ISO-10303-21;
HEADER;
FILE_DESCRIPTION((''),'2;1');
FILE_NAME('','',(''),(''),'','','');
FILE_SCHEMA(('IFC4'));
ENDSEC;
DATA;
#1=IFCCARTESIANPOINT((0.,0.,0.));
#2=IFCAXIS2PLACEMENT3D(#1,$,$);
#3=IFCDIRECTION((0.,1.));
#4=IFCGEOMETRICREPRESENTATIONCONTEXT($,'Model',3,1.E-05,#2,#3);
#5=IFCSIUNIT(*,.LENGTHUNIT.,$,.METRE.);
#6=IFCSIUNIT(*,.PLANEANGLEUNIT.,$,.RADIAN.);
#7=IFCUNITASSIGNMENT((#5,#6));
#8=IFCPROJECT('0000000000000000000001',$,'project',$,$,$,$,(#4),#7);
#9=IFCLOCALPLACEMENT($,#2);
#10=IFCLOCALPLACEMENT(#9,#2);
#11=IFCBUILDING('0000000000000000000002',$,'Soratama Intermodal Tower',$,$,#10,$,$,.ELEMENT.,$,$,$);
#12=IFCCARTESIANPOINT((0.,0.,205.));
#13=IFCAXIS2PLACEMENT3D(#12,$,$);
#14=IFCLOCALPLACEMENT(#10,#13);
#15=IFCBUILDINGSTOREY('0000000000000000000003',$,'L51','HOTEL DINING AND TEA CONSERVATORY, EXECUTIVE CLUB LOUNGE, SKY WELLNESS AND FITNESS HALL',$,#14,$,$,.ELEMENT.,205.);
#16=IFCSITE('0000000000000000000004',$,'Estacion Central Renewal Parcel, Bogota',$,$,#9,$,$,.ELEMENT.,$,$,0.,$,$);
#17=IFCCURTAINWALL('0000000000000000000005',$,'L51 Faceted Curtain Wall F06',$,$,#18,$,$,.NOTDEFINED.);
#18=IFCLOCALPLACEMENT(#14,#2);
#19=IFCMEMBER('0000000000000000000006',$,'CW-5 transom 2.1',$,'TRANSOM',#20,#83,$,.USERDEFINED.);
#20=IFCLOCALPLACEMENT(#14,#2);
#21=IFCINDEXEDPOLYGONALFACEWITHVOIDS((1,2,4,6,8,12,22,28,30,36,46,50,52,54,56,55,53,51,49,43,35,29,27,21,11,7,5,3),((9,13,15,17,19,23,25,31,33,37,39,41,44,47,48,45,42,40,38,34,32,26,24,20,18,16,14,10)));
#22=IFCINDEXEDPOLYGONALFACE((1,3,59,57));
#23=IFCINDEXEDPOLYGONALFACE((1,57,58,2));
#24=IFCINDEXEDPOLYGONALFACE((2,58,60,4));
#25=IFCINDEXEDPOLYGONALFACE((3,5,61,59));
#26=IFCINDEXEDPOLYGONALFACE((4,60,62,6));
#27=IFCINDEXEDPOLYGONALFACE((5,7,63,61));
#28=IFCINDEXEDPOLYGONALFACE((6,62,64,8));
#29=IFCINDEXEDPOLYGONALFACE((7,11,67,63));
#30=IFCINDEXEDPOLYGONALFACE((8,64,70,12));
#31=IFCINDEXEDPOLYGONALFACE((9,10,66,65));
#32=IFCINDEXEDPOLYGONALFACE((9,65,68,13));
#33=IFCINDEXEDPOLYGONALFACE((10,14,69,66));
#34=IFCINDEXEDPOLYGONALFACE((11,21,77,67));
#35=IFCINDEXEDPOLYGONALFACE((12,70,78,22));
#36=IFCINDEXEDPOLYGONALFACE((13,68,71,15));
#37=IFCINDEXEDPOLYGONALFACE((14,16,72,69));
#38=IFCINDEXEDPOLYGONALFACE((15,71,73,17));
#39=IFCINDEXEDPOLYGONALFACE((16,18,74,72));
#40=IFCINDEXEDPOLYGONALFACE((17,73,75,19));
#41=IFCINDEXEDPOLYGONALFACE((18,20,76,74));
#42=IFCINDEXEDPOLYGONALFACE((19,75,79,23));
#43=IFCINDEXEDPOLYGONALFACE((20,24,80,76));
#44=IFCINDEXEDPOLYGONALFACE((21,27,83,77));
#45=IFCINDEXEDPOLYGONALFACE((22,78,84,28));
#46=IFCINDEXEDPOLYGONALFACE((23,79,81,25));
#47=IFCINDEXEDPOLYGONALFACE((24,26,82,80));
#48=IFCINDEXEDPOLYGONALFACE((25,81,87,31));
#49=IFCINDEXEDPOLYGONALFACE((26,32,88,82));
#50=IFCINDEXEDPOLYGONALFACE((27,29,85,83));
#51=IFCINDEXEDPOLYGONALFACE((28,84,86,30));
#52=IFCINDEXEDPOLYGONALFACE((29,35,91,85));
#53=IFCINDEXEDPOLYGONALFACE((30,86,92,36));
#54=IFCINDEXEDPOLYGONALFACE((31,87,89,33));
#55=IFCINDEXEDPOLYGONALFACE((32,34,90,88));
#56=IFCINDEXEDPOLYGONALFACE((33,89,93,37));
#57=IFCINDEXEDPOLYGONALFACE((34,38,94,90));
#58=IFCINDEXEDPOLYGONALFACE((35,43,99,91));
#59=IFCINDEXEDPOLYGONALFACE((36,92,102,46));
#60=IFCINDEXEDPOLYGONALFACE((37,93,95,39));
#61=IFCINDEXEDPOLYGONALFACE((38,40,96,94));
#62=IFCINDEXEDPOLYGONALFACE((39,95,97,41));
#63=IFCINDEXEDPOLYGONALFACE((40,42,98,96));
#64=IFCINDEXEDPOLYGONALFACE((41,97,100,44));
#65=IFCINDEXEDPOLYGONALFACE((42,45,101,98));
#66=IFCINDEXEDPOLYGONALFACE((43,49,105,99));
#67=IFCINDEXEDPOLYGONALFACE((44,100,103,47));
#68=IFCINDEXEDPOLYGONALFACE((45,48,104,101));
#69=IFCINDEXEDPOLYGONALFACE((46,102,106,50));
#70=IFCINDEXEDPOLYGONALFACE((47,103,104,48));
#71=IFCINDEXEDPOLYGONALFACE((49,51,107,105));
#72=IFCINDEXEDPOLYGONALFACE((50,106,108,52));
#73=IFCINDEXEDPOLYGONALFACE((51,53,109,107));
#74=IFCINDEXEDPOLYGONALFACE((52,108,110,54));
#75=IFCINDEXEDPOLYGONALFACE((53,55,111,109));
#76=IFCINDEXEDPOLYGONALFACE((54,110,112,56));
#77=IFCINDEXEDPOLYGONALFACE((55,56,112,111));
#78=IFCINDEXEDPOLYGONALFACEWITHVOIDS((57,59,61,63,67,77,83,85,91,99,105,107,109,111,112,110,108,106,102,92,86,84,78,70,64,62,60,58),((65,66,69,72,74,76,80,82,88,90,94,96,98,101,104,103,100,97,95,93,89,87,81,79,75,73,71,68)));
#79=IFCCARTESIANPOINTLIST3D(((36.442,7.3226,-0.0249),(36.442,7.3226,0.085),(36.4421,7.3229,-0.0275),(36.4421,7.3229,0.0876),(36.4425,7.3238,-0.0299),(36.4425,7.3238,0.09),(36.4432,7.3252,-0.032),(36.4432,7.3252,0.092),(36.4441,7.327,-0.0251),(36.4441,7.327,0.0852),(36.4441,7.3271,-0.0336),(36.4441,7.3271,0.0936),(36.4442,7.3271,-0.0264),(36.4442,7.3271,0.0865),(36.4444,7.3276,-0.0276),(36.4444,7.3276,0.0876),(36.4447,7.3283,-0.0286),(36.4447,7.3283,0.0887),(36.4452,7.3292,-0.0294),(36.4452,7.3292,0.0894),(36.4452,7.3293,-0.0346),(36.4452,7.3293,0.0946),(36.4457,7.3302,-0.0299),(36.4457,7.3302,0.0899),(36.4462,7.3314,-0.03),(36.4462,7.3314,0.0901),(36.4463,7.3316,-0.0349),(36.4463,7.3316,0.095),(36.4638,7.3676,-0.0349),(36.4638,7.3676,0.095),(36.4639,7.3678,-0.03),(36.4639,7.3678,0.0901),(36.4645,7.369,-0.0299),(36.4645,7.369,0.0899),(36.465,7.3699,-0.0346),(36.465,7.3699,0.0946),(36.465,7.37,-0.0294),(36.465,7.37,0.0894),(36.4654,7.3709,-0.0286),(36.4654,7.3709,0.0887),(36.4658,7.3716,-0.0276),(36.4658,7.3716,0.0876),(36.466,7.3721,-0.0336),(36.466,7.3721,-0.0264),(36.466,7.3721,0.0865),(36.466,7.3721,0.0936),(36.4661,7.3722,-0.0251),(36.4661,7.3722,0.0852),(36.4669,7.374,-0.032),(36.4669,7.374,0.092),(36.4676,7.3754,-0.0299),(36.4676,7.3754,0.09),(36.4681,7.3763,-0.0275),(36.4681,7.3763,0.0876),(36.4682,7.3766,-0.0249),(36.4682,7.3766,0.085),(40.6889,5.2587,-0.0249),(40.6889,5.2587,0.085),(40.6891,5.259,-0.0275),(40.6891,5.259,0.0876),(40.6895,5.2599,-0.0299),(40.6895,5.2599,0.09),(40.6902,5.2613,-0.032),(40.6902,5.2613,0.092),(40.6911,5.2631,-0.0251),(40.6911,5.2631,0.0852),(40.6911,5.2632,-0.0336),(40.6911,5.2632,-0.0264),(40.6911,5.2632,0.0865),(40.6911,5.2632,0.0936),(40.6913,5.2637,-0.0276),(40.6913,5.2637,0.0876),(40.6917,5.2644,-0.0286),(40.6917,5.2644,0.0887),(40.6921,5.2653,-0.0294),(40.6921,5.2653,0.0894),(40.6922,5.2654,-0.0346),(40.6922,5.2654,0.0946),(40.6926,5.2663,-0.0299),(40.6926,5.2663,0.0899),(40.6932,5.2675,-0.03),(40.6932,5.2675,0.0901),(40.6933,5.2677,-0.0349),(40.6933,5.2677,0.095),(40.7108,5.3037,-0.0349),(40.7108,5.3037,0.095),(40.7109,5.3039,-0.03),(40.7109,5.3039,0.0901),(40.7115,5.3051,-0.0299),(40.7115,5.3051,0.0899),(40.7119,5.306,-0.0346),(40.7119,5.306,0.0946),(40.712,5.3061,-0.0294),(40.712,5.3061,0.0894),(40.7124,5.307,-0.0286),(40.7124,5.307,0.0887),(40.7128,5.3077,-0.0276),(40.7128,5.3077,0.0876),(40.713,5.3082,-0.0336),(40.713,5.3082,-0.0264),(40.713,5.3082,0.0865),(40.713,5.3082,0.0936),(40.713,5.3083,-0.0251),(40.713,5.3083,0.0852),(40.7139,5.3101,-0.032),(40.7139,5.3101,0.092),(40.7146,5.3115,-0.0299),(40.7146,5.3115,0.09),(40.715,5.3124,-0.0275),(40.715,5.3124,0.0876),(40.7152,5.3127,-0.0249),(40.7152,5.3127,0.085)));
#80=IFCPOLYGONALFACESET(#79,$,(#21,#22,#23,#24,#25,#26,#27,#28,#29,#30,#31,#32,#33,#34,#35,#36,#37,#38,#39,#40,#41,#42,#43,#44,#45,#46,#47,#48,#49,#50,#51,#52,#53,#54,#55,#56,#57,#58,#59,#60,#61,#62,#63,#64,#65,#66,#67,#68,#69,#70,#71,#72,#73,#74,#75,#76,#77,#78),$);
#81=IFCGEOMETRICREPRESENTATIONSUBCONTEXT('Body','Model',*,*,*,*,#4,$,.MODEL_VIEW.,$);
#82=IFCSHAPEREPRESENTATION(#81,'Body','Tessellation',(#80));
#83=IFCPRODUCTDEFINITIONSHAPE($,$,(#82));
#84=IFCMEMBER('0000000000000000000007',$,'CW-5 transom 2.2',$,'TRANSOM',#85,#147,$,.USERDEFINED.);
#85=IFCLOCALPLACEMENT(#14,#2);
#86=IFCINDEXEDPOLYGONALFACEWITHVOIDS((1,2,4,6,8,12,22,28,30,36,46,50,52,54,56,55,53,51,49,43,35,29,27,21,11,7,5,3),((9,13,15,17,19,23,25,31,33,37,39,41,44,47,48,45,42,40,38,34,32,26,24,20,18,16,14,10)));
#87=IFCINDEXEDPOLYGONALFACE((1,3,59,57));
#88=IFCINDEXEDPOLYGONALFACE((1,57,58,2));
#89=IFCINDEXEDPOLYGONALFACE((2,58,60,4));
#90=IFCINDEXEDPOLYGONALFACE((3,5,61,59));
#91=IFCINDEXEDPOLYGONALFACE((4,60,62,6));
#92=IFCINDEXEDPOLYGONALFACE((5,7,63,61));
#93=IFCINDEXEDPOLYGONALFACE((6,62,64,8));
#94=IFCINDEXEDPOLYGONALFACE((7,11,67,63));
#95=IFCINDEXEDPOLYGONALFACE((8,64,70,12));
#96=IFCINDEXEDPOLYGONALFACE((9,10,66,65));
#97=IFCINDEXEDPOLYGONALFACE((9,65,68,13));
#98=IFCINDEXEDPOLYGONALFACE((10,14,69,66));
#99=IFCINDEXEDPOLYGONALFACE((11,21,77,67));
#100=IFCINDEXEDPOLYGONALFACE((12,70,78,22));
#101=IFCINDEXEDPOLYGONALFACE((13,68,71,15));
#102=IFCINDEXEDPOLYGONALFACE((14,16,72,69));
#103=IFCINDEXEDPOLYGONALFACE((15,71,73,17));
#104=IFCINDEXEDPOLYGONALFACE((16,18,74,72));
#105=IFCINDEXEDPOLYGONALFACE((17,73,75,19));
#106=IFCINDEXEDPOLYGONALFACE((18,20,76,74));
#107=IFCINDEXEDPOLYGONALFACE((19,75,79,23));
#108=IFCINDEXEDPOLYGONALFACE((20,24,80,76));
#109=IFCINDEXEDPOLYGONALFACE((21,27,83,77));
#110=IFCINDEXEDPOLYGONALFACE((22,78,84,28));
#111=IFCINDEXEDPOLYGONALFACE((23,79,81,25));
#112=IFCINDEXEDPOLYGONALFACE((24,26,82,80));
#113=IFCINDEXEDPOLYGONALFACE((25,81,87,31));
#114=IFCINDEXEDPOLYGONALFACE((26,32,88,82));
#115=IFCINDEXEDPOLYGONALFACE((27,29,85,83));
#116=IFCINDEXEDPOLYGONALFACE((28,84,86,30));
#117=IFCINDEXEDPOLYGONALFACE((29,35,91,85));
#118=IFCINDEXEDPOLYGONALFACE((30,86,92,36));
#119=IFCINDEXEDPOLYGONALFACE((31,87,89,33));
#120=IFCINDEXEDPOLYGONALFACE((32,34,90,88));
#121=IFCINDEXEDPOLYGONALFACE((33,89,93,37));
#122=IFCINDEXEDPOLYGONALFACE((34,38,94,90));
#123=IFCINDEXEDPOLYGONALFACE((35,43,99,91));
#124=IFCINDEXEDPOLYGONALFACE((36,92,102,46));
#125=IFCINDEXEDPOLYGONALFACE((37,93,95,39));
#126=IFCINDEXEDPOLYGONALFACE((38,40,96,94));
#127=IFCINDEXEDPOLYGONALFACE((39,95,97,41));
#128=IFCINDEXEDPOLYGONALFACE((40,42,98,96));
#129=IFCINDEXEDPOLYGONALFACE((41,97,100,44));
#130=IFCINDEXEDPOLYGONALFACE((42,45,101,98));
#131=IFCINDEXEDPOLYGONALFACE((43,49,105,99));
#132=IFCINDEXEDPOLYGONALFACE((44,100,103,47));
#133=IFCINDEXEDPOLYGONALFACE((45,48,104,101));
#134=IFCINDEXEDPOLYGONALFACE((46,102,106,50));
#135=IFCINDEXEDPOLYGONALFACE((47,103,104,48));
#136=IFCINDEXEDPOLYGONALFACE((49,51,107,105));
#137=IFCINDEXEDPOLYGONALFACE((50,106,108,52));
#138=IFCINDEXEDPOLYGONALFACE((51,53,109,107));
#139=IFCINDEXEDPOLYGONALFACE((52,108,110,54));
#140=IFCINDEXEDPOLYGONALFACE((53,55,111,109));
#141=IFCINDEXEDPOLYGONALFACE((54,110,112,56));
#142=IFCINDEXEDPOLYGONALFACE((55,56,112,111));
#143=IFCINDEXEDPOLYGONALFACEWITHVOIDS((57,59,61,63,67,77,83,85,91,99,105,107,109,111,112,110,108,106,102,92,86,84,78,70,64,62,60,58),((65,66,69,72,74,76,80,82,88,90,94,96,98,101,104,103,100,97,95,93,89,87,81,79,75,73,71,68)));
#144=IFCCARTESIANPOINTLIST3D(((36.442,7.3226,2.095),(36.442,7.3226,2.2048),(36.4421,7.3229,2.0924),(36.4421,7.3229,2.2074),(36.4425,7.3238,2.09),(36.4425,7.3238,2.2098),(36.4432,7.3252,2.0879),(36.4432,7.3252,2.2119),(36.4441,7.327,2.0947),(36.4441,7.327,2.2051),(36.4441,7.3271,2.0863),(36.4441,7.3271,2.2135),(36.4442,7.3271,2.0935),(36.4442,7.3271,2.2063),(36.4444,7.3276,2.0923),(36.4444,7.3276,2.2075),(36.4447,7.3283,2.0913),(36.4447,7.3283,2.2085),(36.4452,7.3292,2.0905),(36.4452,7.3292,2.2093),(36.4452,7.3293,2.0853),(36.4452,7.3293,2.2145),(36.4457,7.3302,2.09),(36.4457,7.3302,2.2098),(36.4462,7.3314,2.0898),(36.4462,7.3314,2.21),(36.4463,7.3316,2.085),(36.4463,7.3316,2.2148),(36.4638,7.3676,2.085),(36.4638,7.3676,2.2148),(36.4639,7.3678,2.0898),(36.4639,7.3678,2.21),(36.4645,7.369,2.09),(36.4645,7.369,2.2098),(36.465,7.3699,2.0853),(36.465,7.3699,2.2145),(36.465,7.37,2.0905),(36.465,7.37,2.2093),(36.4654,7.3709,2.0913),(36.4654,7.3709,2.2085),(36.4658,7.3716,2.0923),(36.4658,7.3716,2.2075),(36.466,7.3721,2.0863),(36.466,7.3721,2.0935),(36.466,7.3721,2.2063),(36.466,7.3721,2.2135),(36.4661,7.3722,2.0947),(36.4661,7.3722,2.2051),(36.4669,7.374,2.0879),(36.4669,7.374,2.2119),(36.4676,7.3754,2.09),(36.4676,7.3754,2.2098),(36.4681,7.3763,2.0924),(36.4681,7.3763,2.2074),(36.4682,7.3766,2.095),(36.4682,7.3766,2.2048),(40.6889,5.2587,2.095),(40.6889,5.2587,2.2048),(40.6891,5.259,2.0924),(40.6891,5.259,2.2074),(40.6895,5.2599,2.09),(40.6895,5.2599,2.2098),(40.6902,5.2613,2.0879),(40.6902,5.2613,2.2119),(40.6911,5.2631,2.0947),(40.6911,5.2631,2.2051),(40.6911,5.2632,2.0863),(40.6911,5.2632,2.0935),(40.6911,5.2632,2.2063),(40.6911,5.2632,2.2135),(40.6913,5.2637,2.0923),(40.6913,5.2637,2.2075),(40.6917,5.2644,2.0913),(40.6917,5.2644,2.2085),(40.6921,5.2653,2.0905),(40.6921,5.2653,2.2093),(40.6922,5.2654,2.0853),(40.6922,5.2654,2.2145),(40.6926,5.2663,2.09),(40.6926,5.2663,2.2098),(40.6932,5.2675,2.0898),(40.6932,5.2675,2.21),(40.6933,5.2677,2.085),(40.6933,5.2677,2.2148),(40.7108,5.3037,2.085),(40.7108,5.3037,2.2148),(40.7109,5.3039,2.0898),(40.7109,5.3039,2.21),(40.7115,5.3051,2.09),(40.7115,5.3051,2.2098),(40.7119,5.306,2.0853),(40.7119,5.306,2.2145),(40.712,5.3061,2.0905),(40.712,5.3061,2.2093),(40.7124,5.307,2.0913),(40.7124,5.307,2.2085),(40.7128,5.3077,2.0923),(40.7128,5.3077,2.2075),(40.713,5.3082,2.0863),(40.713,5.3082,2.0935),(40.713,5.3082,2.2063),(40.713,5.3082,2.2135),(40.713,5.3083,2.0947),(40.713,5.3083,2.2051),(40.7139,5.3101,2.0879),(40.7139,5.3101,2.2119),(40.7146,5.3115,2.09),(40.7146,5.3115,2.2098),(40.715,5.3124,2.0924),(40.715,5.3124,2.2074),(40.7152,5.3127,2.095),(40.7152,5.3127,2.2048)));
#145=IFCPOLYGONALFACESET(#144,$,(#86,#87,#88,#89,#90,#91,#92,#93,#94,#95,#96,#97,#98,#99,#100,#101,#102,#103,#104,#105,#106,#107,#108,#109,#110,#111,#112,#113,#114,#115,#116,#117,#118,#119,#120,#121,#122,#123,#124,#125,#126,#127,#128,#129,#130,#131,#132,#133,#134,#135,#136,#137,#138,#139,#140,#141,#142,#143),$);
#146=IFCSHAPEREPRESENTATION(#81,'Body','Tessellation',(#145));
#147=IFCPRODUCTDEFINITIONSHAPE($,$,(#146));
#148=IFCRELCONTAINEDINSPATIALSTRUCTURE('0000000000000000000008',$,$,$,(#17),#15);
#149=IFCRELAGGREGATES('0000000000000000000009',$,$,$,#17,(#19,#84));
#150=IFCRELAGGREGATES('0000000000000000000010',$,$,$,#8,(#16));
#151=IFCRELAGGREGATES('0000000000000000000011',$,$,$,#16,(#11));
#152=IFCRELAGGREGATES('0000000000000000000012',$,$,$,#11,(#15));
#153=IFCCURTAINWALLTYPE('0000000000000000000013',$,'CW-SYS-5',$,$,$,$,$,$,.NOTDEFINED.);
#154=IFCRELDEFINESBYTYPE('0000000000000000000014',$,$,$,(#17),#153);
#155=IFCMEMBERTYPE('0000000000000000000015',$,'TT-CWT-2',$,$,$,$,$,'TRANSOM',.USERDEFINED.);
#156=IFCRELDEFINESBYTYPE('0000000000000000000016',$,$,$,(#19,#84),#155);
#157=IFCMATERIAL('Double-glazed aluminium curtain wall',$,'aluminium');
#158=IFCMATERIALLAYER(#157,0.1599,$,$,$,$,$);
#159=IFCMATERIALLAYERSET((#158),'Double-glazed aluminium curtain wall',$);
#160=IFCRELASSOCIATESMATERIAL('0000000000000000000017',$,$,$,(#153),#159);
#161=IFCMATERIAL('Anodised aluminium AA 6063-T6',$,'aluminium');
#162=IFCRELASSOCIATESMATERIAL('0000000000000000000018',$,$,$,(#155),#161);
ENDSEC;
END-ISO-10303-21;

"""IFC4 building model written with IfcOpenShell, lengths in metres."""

from ifc_helpers import new_model, si_unit, direction, frame, origin, origin_2d, place, context, subcontext, project, spatial, hollow_rectangle, extrude, material, layer, layer_set, material_profile, profile_set, type_object, element, aggregate, save


model = new_model("IFC4")

# Units and contexts
model_context = context("Model", 3, precision=1e-05, world=origin(), true_north=direction((0.0, 1.0)))
body_context = subcontext(model_context, "Body", "Model", "MODEL_VIEW")
ifc_project = project(units=[si_unit("LENGTHUNIT", "METRE"), si_unit("PLANEANGLEUNIT", "RADIAN")], contexts=[model_context])

# Site, building, storey
site_placement = place(None, origin())
site = spatial("IfcSite", under=ifc_project, at=site_placement, Name="Estacion Central Renewal Parcel, Bogota", CompositionType="ELEMENT", RefElevation=0.0)
building_placement = place(site_placement, origin())
building = spatial("IfcBuilding", under=site, at=building_placement, Name="Soratama Intermodal Tower", CompositionType="ELEMENT")
storey_placement = place(building_placement, frame((0.0, 0.0, 205.0)))
storey = spatial("IfcBuildingStorey", under=building, at=storey_placement, Name="L51", Description="HOTEL DINING AND TEA CONSERVATORY, EXECUTIVE CLUB LOUNGE, SKY WELLNESS AND FITNESS HALL", CompositionType="ELEMENT", Elevation=205.0)

# Curtain wall, members
ifc_material_1 = material(Name="Double-glazed aluminium curtain wall", Category="aluminium")
ifc_layer_1 = layer(ifc_material_1, 0.1599)
ifc_layer_set_1 = layer_set([ifc_layer_1], Name="Double-glazed aluminium curtain wall")
curtain_wall_type = type_object("IfcCurtainWallType", Name="CW-SYS-5", PredefinedType="NOTDEFINED", material=ifc_layer_set_1)
curtain_wall_placement = place(storey_placement, origin())
curtain_wall = element("IfcCurtainWall", 1, at=curtain_wall_placement, inside=storey, type_object=curtain_wall_type, Name="L51 Faceted Curtain Wall F06", PredefinedType="NOTDEFINED")
ifc_material_2 = material(Name="Anodised aluminium AA 6063-T6", Category="aluminium")
ifc_material_profile_1 = material_profile(ifc_material_2, hollow_rectangle(XDim=0.0601, YDim=0.1299, WallThickness=0.0049, InnerFilletRadius=0.0049, OuterFilletRadius=0.01, at=origin_2d()), Name="CWT130X60X5")
ifc_profile_set_1 = profile_set([ifc_material_profile_1], Name="Anodised aluminium AA 6063-T6")
member_type_1 = type_object("IfcMemberType", Name="TT-CWT-2", ElementType="TRANSOM", PredefinedType="USERDEFINED", material=ifc_profile_set_1)
member_1_placement = place(storey_placement, frame((36.4551, 7.3496, 0.03), z_axis=(0.899416, -0.437093, 0.0), x_axis=(0.437093, 0.899416, 0.0)))
member_1 = element("IfcMember", 2, at=member_1_placement, type_object=member_type_1, Name="CW-5 transom 2.1", ObjectType="TRANSOM", PredefinedType="USERDEFINED", context=body_context, shape_type="SweptSolid", body=[
    extrude(hollow_rectangle(XDim=0.0601, YDim=0.1299, WallThickness=0.0049, InnerFilletRadius=0.0049, OuterFilletRadius=0.01, at=origin_2d()), origin(), (0.0, 0.0, 1.0), 4.7219),
])
member_2_placement = place(storey_placement, frame((36.4551, 7.3496, 2.1499), z_axis=(0.899416, -0.437093, 0.0), x_axis=(0.437093, 0.899416, 0.0)))
member_2 = element("IfcMember", 3, at=member_2_placement, type_object=member_type_1, Name="CW-5 transom 2.2", ObjectType="TRANSOM", PredefinedType="USERDEFINED", context=body_context, shape_type="SweptSolid", body=[
    extrude(hollow_rectangle(XDim=0.0601, YDim=0.1299, WallThickness=0.0049, InnerFilletRadius=0.0049, OuterFilletRadius=0.01, at=origin_2d()), origin(), (0.0, 0.0, 1.0), 4.7219),
])
aggregate(curtain_wall, [member_1, member_2])

save(model, "model.ifc")
